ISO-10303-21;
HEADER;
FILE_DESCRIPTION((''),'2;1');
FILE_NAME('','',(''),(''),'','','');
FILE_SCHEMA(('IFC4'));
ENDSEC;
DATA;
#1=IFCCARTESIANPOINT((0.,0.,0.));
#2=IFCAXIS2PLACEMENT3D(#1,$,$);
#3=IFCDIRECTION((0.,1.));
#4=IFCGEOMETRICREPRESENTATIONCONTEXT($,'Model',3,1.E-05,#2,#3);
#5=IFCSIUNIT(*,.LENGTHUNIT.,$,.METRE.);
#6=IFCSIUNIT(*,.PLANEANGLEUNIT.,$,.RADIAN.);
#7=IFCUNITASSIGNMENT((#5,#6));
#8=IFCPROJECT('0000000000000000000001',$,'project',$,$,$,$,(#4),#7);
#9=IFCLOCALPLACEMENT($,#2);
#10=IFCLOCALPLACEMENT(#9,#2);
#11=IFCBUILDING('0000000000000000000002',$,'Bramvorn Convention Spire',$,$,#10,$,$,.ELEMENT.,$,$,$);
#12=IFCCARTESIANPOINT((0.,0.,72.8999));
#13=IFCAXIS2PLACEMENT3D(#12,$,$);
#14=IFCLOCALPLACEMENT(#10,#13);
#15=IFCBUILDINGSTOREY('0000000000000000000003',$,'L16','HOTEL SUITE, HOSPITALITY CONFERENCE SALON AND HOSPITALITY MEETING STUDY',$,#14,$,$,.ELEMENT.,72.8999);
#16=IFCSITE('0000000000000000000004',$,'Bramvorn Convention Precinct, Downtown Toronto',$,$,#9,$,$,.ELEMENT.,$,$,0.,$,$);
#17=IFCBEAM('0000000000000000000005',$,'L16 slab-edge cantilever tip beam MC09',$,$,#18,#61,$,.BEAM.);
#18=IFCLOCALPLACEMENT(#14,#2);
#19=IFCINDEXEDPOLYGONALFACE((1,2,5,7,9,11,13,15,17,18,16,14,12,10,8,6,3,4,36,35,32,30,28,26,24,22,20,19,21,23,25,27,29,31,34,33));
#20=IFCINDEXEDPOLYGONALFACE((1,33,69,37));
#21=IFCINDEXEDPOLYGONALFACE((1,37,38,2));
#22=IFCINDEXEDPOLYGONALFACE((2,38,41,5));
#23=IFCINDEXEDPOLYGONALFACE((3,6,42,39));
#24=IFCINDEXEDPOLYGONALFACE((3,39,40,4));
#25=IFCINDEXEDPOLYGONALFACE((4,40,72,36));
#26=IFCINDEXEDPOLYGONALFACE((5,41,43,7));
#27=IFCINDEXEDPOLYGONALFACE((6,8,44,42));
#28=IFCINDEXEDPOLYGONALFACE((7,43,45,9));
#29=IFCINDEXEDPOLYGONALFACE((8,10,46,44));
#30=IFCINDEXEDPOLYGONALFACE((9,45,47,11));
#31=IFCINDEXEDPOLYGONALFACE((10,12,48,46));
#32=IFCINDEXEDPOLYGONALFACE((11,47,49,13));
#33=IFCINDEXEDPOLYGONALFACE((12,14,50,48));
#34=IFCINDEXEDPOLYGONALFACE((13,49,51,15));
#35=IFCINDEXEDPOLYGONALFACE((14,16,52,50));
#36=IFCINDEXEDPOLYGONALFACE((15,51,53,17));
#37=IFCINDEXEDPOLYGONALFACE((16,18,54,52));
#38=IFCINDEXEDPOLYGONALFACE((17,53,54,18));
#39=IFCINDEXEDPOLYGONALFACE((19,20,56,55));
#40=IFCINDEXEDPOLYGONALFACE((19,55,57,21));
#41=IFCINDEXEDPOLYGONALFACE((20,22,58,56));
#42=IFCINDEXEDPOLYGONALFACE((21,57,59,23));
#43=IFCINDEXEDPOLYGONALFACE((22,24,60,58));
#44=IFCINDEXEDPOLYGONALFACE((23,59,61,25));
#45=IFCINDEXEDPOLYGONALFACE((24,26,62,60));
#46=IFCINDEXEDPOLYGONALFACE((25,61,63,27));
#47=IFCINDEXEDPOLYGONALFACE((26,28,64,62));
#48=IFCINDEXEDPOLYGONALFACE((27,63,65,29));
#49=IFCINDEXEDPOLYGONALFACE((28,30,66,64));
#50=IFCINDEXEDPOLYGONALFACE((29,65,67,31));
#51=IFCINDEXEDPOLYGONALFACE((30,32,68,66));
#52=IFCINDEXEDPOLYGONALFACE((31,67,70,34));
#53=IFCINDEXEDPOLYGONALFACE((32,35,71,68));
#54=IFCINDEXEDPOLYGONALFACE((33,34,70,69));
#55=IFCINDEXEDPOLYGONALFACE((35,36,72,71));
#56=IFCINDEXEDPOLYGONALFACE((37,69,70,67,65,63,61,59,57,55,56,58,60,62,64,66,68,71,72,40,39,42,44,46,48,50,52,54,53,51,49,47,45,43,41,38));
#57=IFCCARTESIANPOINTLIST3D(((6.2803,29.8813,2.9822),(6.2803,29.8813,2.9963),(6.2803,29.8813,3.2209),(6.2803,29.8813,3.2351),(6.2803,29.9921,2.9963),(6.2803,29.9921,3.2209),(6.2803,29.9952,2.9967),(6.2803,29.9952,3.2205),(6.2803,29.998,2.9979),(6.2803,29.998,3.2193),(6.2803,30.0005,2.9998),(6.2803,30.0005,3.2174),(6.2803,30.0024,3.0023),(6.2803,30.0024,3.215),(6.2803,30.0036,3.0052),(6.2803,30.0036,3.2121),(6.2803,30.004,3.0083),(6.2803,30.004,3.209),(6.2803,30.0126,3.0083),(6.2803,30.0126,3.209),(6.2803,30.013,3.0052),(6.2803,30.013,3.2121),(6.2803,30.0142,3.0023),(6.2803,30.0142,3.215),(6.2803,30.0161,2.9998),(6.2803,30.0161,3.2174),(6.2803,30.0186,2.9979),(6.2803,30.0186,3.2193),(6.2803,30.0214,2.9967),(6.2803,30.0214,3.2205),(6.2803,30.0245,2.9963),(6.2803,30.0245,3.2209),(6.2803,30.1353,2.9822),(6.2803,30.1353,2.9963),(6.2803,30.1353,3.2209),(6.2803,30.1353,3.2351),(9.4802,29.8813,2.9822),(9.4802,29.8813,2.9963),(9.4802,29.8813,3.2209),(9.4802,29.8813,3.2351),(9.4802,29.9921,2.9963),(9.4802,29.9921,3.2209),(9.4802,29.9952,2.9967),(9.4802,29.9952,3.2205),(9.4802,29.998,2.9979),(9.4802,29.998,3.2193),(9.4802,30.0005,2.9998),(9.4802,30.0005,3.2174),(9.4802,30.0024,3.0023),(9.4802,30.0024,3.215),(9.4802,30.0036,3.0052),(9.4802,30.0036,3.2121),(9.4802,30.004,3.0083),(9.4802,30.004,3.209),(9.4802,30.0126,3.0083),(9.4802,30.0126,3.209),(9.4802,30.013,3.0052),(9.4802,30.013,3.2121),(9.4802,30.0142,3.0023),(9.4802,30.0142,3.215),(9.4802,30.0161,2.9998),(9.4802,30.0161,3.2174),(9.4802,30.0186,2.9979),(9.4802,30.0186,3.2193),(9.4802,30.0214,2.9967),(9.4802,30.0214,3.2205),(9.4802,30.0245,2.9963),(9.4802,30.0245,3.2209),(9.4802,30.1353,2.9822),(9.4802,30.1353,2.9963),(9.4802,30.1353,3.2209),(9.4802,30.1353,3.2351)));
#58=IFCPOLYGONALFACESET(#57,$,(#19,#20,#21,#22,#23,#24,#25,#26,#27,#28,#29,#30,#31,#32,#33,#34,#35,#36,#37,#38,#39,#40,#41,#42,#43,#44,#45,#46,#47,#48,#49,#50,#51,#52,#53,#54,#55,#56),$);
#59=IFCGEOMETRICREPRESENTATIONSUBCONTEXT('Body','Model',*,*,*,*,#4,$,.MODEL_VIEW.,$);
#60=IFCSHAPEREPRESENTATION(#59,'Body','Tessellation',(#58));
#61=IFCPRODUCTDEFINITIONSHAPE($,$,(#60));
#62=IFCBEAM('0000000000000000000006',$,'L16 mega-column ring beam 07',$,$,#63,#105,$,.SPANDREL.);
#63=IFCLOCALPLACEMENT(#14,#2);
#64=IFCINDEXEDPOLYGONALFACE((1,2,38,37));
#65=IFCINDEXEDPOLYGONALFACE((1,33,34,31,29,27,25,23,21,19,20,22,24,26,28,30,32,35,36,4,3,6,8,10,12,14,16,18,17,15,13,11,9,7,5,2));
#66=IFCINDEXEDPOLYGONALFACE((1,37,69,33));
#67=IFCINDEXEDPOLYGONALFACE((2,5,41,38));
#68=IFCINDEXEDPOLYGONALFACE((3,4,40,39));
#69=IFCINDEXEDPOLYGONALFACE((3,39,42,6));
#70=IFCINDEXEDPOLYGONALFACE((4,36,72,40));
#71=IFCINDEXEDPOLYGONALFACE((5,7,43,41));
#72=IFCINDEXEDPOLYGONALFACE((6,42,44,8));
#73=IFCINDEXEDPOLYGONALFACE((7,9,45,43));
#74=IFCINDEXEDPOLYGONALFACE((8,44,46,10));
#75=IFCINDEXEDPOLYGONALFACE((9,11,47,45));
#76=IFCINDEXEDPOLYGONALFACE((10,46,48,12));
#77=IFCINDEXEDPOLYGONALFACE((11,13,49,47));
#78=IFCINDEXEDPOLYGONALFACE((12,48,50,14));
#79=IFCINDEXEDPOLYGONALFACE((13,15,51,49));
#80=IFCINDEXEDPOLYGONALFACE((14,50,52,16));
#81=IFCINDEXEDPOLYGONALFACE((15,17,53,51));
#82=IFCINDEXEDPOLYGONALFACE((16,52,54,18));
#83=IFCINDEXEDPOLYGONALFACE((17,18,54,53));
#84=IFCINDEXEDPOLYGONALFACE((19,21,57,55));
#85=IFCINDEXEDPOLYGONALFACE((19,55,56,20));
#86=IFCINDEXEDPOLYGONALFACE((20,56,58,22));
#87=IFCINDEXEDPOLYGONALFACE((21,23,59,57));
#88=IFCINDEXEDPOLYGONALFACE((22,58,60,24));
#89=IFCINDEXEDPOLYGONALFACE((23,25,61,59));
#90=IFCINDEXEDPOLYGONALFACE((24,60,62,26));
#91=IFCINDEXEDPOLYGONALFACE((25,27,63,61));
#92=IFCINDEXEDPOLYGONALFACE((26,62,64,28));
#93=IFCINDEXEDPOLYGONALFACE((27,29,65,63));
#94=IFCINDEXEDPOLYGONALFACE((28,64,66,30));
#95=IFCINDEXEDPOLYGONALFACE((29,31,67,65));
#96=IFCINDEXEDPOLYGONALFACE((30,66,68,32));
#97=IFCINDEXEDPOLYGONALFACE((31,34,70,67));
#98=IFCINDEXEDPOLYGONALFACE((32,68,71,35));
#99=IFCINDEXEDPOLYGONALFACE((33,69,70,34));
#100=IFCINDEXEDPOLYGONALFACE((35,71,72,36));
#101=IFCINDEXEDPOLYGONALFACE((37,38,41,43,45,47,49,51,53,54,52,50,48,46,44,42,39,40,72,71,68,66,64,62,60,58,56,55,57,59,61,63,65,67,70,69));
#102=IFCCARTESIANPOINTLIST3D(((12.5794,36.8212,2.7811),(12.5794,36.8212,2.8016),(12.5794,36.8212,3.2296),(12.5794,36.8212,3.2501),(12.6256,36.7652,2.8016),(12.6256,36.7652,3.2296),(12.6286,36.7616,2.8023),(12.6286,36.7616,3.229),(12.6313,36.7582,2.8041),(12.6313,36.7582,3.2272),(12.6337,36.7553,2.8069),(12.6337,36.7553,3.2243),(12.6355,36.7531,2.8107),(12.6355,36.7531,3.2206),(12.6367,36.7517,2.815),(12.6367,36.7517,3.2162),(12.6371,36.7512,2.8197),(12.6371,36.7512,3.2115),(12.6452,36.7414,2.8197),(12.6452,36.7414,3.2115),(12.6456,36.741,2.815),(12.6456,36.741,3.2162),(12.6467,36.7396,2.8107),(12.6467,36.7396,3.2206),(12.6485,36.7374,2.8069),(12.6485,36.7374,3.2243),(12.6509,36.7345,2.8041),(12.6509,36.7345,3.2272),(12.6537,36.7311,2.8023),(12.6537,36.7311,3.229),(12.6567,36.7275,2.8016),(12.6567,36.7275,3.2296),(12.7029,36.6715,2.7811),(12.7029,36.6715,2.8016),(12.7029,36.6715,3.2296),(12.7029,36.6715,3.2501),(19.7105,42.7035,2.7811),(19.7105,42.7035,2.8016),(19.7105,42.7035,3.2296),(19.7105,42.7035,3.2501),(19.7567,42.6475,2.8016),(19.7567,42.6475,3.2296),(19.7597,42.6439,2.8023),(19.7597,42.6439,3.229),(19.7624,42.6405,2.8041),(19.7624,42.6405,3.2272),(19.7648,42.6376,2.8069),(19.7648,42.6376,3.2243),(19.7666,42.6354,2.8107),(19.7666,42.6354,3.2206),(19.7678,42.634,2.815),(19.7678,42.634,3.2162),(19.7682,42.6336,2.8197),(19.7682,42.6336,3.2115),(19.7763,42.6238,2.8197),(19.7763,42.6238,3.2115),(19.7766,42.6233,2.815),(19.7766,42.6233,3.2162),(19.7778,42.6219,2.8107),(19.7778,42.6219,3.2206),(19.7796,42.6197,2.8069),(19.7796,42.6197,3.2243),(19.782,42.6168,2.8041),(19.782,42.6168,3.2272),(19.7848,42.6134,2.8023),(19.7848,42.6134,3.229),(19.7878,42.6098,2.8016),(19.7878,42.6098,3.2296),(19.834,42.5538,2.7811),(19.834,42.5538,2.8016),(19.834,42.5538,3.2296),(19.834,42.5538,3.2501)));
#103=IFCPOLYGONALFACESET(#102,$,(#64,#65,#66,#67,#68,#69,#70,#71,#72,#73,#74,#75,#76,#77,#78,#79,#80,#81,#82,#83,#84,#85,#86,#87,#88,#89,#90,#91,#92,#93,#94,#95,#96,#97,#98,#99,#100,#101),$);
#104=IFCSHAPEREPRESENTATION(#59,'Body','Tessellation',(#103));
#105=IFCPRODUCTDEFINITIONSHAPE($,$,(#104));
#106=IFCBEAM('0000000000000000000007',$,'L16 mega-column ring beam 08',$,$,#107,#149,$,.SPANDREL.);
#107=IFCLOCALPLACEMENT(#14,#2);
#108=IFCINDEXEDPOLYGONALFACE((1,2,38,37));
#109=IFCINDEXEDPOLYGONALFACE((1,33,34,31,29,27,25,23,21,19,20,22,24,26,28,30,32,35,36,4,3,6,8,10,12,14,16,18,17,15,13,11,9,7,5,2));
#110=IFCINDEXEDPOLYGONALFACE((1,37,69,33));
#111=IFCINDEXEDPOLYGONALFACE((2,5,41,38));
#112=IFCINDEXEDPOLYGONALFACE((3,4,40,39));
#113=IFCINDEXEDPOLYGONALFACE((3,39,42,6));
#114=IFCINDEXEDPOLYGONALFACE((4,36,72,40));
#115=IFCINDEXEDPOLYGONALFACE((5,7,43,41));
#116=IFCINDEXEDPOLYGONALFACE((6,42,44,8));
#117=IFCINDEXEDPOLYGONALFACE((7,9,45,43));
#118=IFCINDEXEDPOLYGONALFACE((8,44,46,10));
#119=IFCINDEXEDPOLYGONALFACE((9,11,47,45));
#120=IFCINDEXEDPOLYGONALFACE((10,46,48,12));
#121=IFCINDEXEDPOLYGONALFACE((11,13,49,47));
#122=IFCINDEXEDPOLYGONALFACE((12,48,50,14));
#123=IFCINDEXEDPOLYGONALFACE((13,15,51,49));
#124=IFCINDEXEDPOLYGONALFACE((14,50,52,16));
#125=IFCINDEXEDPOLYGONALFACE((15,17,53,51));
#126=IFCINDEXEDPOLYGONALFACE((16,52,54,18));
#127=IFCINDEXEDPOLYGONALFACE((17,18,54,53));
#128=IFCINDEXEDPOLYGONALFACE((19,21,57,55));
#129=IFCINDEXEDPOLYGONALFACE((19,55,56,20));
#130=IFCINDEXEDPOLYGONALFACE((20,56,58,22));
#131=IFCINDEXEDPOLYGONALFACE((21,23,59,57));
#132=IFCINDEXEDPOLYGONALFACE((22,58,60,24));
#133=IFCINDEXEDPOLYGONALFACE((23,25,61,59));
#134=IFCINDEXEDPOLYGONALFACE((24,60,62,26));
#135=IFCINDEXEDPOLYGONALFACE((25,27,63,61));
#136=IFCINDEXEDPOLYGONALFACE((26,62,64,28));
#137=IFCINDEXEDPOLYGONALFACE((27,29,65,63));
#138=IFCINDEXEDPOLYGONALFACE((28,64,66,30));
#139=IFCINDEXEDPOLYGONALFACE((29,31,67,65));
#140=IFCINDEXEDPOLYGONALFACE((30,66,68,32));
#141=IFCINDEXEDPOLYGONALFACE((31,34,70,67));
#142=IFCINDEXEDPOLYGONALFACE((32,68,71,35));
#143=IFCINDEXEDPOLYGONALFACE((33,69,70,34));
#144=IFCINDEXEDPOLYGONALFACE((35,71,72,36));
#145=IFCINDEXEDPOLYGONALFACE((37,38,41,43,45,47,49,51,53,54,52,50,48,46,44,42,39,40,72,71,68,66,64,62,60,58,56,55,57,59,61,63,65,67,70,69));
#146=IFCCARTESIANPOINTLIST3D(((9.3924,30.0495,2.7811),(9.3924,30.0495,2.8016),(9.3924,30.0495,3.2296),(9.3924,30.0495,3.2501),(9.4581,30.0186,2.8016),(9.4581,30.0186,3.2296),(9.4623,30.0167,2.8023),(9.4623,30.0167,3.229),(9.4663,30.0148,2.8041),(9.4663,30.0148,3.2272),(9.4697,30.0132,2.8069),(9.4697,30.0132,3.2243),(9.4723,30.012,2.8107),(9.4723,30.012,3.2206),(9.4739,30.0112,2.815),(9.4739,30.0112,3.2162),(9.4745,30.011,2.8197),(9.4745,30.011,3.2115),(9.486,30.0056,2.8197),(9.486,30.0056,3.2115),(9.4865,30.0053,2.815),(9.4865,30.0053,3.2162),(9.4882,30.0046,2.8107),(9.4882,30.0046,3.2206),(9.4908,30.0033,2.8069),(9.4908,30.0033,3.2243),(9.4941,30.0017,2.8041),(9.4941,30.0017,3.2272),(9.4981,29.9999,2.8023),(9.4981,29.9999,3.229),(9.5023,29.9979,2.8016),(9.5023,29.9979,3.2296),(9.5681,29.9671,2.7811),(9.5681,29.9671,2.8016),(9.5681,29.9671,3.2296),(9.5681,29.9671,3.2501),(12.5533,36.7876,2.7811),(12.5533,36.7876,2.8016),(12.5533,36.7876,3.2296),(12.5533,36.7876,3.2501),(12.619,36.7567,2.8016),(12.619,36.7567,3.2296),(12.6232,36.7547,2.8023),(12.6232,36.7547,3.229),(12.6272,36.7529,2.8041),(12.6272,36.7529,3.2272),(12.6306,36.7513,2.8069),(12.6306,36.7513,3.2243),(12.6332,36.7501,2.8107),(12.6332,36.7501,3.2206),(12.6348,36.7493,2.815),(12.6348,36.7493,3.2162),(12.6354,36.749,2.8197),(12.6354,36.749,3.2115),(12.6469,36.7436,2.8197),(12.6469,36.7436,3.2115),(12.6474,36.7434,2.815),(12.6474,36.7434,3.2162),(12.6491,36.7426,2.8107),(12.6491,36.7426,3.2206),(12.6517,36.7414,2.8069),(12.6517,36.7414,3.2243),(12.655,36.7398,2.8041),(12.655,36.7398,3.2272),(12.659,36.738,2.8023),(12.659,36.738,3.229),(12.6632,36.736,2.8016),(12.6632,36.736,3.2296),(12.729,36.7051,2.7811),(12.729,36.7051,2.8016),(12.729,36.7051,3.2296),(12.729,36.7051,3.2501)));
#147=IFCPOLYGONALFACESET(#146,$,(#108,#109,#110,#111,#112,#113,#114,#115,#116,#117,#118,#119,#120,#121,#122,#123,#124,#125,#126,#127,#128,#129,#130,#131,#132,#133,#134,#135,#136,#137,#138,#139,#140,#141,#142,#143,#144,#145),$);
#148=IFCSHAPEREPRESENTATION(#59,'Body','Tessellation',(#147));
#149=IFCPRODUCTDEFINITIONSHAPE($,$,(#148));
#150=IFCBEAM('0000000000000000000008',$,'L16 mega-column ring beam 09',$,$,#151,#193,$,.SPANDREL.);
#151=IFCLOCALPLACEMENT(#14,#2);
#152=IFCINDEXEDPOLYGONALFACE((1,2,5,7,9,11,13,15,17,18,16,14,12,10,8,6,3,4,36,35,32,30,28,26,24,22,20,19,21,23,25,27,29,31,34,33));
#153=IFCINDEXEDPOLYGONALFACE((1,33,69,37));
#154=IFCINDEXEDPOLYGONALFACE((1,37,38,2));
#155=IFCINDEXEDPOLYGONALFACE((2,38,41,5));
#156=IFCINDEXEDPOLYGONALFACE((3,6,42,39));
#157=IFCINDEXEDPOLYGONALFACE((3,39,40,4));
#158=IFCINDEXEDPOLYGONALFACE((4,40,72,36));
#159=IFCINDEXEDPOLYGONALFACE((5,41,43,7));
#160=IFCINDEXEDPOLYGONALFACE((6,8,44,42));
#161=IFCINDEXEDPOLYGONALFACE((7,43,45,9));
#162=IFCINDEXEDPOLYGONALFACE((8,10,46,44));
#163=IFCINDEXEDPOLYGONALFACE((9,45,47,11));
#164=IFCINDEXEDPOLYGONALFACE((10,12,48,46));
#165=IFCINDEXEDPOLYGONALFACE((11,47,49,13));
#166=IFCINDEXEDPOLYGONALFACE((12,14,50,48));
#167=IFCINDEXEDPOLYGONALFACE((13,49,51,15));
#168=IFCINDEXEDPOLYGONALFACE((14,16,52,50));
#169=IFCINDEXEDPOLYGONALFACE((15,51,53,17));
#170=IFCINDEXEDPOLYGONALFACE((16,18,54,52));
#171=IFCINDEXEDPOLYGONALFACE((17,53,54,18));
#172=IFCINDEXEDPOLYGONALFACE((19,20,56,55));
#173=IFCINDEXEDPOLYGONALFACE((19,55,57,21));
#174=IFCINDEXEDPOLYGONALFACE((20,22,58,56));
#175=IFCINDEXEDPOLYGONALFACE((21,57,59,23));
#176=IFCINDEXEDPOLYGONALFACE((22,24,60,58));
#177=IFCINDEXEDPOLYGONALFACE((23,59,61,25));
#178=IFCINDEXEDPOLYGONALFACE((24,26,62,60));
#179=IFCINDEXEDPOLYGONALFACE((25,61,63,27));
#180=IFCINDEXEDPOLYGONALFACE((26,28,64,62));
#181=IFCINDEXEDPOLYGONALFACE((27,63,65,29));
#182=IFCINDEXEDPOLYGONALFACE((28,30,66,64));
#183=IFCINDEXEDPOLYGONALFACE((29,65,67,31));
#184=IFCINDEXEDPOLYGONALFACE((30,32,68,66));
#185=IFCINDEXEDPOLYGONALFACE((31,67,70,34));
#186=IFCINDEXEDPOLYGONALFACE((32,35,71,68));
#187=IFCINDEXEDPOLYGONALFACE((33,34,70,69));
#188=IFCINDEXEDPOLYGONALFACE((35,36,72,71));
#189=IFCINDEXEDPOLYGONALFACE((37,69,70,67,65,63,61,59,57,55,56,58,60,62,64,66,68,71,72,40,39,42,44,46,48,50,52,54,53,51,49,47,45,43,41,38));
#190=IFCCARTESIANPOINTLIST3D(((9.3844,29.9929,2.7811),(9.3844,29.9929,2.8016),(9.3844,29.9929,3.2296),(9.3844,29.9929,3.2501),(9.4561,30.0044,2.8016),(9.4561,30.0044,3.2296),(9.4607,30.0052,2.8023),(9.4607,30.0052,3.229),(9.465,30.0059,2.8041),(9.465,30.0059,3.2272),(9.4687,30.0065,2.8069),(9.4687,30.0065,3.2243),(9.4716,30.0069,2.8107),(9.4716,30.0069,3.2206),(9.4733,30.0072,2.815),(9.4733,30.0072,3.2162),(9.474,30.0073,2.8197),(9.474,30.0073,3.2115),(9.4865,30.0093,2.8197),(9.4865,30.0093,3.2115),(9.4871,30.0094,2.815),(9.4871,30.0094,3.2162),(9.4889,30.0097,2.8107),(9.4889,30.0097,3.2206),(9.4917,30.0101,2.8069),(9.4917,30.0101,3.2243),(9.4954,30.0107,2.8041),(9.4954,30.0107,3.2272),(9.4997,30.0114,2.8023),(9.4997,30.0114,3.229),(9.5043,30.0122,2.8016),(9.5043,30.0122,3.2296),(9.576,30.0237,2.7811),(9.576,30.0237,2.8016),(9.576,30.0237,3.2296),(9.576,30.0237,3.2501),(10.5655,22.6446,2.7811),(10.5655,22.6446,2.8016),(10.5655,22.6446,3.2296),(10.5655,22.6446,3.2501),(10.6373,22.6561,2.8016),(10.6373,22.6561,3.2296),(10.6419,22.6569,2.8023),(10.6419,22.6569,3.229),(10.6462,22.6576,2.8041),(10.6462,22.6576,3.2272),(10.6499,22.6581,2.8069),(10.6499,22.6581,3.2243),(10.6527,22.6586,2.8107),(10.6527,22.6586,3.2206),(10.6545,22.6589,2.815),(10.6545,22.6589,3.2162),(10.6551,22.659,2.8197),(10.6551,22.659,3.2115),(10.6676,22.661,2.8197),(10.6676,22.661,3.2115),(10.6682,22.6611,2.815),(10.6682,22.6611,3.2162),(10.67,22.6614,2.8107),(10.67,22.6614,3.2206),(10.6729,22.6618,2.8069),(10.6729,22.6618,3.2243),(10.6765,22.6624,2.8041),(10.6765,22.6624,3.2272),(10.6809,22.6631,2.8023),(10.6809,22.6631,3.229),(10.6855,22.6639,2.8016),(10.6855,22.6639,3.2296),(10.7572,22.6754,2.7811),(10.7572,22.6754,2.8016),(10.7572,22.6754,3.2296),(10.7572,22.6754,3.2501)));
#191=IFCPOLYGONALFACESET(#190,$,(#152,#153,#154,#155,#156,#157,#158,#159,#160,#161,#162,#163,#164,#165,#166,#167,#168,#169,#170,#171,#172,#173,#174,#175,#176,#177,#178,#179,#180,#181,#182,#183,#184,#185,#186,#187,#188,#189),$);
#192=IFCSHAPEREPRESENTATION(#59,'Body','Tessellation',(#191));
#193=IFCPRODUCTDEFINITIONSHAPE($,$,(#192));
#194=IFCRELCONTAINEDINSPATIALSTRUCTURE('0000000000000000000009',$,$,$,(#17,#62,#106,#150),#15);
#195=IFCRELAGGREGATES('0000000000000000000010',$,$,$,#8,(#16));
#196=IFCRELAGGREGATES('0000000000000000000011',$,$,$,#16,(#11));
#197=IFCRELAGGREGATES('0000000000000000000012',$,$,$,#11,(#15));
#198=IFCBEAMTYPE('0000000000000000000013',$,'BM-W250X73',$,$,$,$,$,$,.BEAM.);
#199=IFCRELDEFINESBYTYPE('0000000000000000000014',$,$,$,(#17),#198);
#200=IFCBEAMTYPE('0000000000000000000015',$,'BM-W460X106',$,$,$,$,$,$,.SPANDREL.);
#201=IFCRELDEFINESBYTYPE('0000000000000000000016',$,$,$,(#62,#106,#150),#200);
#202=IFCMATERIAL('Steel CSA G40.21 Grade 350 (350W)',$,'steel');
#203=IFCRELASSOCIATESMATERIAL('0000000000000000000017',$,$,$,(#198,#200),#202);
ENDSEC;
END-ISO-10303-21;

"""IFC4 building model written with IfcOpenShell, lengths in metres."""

from ifc_helpers import new_model, si_unit, direction, frame, origin, origin_2d, place, context, subcontext, project, spatial, i_section, extrude, material, material_profile, profile_set, type_object, element, save


model = new_model("IFC4")

# Units and contexts
model_context = context("Model", 3, precision=1e-05, world=origin(), true_north=direction((0.0, 1.0)))
body_context = subcontext(model_context, "Body", "Model", "MODEL_VIEW")
ifc_project = project(units=[si_unit("LENGTHUNIT", "METRE"), si_unit("PLANEANGLEUNIT", "RADIAN")], contexts=[model_context])

# Site, building, storey
site_placement = place(None, origin())
site = spatial("IfcSite", under=ifc_project, at=site_placement, Name="Bramvorn Convention Precinct, Downtown Toronto", CompositionType="ELEMENT", RefElevation=0.0)
building_placement = place(site_placement, origin())
building = spatial("IfcBuilding", under=site, at=building_placement, Name="Bramvorn Convention Spire", CompositionType="ELEMENT")
storey_placement = place(building_placement, frame((0.0, 0.0, 72.8999)))
storey = spatial("IfcBuildingStorey", under=building, at=storey_placement, Name="L16", Description="HOTEL SUITE, HOSPITALITY CONFERENCE SALON AND HOSPITALITY MEETING STUDY", CompositionType="ELEMENT", Elevation=72.8999)

# Shared definitions
ifc_material_1 = material(Name="Steel CSA G40.21 Grade 350 (350W)", Category="steel")

# Beams
ifc_material_profile_1 = material_profile(ifc_material_1, i_section(OverallWidth=0.2539, OverallDepth=0.2529, WebThickness=0.0085, FlangeThickness=0.0142, FilletRadius=0.012, at=origin_2d()))
ifc_profile_set_1 = profile_set([ifc_material_profile_1], Name="Steel CSA G40.21 Grade 350 (350W) - W250X73")
beam_type_1 = type_object("IfcBeamType", Name="BM-W250X73", PredefinedType="BEAM", material=ifc_profile_set_1)
beam_1_placement = place(storey_placement, frame((9.4802, 30.0083, 3.1086), z_axis=(-1.0, 0.0, 0.0), x_axis=(0.0, -1.0, 0.0)))
element("IfcBeam", 1, at=beam_1_placement, inside=storey, type_object=beam_type_1, Name="L16 slab-edge cantilever tip beam MC09", PredefinedType="BEAM", context=body_context, shape_type="SweptSolid", body=[
    extrude(i_section(OverallWidth=0.2539, OverallDepth=0.2529, WebThickness=0.0085, FlangeThickness=0.0142, FilletRadius=0.012, at=origin_2d()), origin(), (0.0, 0.0, 1.0), 3.2),
])
ifc_material_profile_2 = material_profile(ifc_material_1, i_section(OverallWidth=0.1941, OverallDepth=0.469, WebThickness=0.0127, FlangeThickness=0.0205, FilletRadius=0.0181, at=origin_2d()))
ifc_profile_set_2 = profile_set([ifc_material_profile_2], Name="Steel CSA G40.21 Grade 350 (350W) - W460X106")
beam_type_2 = type_object("IfcBeamType", Name="BM-W460X106", PredefinedType="SPANDREL", material=ifc_profile_set_2)
beam_2_placement = place(storey_placement, frame((19.7722, 42.6287, 3.0156), z_axis=(-0.771418, -0.636329, 0.0), x_axis=(0.636329, -0.771418, 0.0)))
element("IfcBeam", 2, at=beam_2_placement, inside=storey, type_object=beam_type_2, Name="L16 mega-column ring beam 07", PredefinedType="SPANDREL", context=body_context, shape_type="SweptSolid", body=[
    extrude(i_section(OverallWidth=0.1941, OverallDepth=0.469, WebThickness=0.0127, FlangeThickness=0.0205, FilletRadius=0.0181, at=origin_2d()), origin(), (0.0, 0.0, 1.0), 9.2441),
])
for number, where, z_axis, x_axis, name in (
    (3, (12.6411, 36.7463, 3.0156), (-0.424702, -0.905333, 0.0), (0.905333, -0.424702, 0.0), "L16 mega-column ring beam 08"),
    (4, (9.4802, 30.0083, 3.0156), (0.158699, -0.987327, 0.0), (0.987327, 0.158699, 0.0), "L16 mega-column ring beam 09"),
):
    element("IfcBeam", number, at=place(storey_placement, frame(where, z_axis=z_axis, x_axis=x_axis)), inside=storey, type_object=beam_type_2, Name=name, PredefinedType="SPANDREL", context=body_context, shape_type="SweptSolid", body=[
        extrude(i_section(OverallWidth=0.1941, OverallDepth=0.469, WebThickness=0.0127, FlangeThickness=0.0205, FilletRadius=0.0181, at=origin_2d()), origin(), (0.0, 0.0, 1.0), 7.4426),
    ])

save(model, "model.ifc")
